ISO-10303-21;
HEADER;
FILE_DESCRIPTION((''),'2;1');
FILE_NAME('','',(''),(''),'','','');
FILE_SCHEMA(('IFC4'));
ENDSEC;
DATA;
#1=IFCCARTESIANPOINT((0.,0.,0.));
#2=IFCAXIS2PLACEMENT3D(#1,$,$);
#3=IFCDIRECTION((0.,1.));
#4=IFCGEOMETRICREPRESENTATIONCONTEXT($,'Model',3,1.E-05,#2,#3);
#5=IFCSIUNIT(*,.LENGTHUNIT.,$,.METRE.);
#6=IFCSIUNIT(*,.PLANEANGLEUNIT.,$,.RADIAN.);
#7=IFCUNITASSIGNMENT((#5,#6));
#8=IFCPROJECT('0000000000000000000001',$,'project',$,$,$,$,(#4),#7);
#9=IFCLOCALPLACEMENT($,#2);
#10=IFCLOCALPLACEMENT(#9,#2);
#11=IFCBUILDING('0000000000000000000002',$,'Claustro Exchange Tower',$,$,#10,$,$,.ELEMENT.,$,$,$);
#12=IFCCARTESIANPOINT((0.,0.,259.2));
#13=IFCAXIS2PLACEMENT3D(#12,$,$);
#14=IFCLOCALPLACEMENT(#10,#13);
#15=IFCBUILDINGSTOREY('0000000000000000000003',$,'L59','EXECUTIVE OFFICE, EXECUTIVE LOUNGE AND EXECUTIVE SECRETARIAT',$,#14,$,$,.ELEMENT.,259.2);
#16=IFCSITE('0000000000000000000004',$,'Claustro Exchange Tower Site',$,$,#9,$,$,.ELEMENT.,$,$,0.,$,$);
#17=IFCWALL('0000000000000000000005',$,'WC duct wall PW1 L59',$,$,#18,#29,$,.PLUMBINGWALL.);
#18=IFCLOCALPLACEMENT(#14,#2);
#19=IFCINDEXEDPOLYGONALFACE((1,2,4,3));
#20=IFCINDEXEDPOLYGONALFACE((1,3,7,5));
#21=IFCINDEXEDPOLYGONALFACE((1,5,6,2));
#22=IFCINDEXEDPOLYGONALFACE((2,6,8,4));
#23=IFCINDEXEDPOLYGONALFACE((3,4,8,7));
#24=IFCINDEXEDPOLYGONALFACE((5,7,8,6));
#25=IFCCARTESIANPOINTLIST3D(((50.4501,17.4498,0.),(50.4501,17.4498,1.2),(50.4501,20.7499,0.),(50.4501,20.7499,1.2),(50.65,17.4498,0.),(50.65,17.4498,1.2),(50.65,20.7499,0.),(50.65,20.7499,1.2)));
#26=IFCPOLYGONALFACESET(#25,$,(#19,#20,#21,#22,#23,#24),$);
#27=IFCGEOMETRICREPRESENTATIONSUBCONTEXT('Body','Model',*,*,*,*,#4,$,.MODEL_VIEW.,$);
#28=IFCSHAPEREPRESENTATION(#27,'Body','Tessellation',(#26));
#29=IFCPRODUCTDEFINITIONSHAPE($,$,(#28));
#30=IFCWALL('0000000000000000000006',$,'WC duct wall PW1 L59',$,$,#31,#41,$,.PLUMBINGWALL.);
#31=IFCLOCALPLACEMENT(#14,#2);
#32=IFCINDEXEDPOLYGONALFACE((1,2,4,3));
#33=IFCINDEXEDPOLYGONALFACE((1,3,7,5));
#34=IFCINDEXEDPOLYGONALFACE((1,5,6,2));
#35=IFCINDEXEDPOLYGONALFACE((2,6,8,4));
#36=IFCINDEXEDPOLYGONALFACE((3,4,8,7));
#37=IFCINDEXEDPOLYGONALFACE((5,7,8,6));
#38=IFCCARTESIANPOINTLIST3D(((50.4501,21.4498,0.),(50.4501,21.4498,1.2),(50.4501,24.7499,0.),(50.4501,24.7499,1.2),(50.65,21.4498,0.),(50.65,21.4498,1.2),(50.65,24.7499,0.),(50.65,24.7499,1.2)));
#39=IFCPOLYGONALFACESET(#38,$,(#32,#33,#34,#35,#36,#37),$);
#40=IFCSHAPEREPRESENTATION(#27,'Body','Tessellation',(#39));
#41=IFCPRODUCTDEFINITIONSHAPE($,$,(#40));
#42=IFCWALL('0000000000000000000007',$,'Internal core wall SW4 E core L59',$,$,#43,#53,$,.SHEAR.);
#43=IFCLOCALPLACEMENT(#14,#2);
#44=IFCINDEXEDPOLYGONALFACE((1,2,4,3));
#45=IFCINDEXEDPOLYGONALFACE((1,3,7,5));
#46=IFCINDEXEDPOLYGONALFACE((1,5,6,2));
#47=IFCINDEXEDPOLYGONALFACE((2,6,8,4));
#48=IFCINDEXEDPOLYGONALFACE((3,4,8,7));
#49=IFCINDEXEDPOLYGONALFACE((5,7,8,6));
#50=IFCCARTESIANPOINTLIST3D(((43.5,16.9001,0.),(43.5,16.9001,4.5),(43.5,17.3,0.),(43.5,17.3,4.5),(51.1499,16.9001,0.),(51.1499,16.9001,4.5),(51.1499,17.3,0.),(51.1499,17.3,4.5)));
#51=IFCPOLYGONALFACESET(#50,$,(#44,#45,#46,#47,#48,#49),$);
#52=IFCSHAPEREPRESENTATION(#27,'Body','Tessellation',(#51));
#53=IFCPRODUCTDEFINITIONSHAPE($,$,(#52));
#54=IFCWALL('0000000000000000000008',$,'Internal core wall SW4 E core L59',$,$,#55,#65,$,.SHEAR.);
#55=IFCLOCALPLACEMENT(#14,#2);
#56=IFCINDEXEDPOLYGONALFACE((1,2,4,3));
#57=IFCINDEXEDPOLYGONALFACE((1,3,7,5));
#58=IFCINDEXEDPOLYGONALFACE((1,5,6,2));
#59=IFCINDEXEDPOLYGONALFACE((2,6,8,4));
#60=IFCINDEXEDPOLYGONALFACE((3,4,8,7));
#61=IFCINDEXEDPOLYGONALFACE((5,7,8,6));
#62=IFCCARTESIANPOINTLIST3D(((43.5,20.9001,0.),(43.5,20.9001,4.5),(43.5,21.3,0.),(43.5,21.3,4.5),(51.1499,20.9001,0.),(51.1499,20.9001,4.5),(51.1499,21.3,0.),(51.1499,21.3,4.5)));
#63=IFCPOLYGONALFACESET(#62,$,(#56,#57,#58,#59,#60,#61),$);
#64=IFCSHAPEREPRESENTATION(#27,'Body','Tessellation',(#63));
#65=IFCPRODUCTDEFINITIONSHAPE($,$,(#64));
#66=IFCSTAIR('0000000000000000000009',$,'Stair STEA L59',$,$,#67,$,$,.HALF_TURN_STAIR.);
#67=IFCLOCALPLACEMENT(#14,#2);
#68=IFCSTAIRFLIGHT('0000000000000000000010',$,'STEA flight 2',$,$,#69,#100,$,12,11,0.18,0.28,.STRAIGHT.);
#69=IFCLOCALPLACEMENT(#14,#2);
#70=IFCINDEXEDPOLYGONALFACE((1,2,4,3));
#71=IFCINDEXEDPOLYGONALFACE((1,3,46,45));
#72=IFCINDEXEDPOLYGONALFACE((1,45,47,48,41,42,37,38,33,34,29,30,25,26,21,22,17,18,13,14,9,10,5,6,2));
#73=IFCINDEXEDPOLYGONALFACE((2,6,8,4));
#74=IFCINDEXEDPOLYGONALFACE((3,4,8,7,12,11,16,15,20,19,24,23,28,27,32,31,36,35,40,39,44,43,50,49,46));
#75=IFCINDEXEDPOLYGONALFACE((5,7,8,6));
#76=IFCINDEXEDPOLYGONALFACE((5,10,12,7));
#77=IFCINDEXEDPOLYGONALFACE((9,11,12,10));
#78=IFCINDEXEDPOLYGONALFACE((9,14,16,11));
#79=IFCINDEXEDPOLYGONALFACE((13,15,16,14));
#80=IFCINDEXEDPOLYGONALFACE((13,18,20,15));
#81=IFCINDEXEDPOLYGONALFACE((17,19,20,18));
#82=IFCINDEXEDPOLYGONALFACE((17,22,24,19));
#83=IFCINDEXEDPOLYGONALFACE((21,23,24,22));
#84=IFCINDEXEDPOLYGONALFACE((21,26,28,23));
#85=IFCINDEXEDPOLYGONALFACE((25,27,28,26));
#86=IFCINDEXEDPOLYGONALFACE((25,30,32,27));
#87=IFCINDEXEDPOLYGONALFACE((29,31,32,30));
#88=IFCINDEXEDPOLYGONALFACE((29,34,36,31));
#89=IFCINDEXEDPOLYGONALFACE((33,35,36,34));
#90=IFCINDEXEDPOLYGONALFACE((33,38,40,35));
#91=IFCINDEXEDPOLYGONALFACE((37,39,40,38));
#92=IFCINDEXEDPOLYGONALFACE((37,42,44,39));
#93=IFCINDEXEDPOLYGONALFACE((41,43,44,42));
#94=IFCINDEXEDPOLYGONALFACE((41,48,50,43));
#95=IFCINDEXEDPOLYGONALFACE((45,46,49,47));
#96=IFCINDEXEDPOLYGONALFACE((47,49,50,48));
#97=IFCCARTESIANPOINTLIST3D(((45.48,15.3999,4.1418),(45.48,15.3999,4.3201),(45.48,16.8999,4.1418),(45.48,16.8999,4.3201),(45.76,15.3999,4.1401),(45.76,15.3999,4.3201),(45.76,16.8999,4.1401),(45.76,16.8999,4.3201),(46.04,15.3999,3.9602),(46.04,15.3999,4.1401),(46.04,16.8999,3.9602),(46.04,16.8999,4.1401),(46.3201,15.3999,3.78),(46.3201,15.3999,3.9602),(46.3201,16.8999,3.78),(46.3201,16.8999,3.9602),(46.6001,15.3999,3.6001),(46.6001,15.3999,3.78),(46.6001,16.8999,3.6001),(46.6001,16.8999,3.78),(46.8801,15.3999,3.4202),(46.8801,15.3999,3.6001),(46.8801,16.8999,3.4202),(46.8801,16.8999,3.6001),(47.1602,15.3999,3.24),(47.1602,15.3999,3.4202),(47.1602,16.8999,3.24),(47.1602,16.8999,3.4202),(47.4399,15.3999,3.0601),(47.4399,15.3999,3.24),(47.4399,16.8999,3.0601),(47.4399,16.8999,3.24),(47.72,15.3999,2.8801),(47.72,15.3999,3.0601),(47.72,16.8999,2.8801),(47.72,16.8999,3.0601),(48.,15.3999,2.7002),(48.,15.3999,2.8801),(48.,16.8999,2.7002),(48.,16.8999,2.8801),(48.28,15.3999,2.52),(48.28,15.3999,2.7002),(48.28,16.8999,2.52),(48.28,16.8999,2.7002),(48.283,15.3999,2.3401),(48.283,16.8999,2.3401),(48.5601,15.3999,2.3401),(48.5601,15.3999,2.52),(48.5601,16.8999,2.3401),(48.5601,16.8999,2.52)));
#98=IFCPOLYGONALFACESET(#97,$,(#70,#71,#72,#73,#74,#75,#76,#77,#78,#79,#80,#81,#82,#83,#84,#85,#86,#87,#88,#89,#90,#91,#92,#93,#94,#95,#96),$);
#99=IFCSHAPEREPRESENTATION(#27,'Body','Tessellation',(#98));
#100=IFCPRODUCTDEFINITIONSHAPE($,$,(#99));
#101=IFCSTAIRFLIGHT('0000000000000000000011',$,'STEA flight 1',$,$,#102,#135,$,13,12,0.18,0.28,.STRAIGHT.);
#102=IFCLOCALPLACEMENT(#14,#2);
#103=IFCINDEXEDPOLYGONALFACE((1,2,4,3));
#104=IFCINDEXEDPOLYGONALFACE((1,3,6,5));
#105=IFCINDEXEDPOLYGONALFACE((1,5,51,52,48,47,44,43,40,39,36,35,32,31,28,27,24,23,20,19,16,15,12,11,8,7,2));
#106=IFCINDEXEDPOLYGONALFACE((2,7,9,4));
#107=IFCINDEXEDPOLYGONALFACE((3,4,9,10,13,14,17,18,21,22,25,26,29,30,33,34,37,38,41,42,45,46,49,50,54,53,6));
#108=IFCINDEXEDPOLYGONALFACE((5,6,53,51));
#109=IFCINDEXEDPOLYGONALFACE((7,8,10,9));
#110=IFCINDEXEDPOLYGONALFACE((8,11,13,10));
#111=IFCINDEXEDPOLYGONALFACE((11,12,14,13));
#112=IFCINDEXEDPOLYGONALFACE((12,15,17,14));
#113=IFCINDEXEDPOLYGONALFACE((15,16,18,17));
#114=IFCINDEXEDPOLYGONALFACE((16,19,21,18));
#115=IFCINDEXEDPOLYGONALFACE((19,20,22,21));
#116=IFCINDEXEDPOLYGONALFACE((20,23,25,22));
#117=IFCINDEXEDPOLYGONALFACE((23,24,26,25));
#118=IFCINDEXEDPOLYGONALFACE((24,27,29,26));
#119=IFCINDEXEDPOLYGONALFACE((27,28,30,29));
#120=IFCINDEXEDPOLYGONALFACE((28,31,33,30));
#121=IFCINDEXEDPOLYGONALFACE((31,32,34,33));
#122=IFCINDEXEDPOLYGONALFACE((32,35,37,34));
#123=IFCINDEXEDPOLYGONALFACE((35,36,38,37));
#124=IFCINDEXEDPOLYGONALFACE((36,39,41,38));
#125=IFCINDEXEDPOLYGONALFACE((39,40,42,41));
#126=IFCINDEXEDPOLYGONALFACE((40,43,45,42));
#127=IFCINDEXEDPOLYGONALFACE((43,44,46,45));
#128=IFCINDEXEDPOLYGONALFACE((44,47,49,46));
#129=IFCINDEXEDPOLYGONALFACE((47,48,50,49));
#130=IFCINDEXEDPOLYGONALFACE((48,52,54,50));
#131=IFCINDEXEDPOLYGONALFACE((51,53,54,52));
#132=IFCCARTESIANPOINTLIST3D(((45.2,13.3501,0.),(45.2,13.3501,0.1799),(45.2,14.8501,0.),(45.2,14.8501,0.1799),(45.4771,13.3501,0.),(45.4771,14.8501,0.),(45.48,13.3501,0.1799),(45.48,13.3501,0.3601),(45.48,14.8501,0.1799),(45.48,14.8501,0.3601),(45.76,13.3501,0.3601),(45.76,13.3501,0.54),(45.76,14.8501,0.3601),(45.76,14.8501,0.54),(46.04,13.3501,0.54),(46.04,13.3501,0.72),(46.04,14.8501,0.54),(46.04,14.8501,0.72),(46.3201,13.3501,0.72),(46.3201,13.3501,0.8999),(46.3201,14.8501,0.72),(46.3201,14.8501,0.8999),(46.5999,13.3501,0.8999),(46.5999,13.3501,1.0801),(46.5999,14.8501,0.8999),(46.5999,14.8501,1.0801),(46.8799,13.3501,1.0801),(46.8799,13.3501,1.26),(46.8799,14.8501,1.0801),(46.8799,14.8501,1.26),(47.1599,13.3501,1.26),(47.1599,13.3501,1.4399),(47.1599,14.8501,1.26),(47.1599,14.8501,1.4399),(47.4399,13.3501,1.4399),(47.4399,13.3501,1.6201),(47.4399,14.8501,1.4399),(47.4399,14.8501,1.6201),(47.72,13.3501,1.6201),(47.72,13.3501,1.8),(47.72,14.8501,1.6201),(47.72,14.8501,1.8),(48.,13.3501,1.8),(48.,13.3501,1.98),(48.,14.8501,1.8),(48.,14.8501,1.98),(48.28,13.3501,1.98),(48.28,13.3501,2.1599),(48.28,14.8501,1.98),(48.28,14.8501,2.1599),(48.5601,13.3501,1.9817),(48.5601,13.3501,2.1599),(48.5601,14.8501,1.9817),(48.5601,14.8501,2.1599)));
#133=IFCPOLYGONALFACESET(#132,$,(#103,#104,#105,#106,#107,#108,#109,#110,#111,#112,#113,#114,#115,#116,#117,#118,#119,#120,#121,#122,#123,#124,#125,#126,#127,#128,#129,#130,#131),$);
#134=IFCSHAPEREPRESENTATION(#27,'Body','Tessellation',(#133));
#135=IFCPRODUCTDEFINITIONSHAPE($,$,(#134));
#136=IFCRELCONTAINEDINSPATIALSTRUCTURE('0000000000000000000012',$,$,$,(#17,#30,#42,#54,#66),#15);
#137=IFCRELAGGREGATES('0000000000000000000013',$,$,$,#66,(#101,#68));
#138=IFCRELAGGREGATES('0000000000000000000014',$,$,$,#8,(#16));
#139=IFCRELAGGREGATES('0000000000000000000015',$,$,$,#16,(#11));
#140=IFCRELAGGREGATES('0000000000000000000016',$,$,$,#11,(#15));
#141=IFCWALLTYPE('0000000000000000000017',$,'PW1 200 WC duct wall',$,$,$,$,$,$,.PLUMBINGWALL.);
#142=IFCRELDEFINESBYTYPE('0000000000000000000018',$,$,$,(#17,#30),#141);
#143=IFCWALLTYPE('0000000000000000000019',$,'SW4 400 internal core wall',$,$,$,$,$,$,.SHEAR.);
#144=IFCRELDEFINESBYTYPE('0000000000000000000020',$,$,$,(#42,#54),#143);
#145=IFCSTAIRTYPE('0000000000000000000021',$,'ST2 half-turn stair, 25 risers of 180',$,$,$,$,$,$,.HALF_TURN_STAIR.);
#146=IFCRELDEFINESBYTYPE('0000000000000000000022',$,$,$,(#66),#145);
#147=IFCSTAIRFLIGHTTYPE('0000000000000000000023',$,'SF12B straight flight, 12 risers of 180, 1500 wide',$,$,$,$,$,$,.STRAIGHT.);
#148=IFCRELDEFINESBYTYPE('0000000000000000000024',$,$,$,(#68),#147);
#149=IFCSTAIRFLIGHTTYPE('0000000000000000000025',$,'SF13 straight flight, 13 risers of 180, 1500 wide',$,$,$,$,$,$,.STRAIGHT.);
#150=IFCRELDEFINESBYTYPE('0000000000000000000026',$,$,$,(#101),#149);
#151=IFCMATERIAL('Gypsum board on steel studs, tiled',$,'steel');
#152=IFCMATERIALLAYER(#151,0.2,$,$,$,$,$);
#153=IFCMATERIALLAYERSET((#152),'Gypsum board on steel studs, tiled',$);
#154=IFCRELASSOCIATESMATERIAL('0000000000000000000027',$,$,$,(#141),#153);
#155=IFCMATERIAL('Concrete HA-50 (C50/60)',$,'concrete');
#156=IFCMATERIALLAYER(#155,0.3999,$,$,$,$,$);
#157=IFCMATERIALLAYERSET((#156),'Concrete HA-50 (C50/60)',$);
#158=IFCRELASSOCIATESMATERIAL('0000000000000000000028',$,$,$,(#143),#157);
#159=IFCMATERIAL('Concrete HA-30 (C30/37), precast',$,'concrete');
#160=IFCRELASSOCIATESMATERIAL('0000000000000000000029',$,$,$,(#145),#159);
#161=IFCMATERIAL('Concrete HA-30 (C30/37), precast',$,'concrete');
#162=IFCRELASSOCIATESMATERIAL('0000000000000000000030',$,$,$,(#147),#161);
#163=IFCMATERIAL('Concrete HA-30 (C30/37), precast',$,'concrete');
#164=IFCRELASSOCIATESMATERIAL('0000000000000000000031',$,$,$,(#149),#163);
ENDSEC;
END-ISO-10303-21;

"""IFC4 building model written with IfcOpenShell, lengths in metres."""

from ifc_helpers import new_model, si_unit, direction, frame, frame_2d, origin, place, context, subcontext, project, spatial, polyline, rectangle, outline, extrude, material, layer, layer_set, type_object, element, aggregate, save


model = new_model("IFC4")

# Units and contexts
model_context = context("Model", 3, precision=1e-05, world=origin(), true_north=direction((0.0, 1.0)))
body_context = subcontext(model_context, "Body", "Model", "MODEL_VIEW")
ifc_project = project(units=[si_unit("LENGTHUNIT", "METRE"), si_unit("PLANEANGLEUNIT", "RADIAN")], contexts=[model_context])

# Site, building, storey
site_placement = place(None, origin())
site = spatial("IfcSite", under=ifc_project, at=site_placement, Name="Claustro Exchange Tower Site", CompositionType="ELEMENT", RefElevation=0.0)
building_placement = place(site_placement, origin())
building = spatial("IfcBuilding", under=site, at=building_placement, Name="Claustro Exchange Tower", CompositionType="ELEMENT")
storey_placement = place(building_placement, frame((0.0, 0.0, 259.2)))
storey = spatial("IfcBuildingStorey", under=building, at=storey_placement, Name="L59", Description="EXECUTIVE OFFICE, EXECUTIVE LOUNGE AND EXECUTIVE SECRETARIAT", CompositionType="ELEMENT", Elevation=259.2)

# Walls
ifc_material_1 = material(Name="Gypsum board on steel studs, tiled", Category="steel")
ifc_layer_1 = layer(ifc_material_1, 0.2)
ifc_layer_set_1 = layer_set([ifc_layer_1], Name="Gypsum board on steel studs, tiled")
wall_type_1 = type_object("IfcWallType", Name="PW1 200 WC duct wall", PredefinedType="PLUMBINGWALL", material=ifc_layer_set_1)
for number, where, z_axis, x_axis, name in (
    (1, (50.55, 17.45, 0.0), (0.0, 0.0, 1.0), (0.0, 1.0, 0.0), "WC duct wall PW1 L59"),
    (2, (50.55, 21.45, 0.0), (0.0, 0.0, 1.0), (0.0, 1.0, 0.0), "WC duct wall PW1 L59"),
):
    element("IfcWall", number, at=place(storey_placement, frame(where, z_axis=z_axis, x_axis=x_axis)), inside=storey, type_object=wall_type_1, Name=name, PredefinedType="PLUMBINGWALL", context=body_context, shape_type="SweptSolid", body=[
        extrude(rectangle(XDim=3.3, YDim=0.2, at=frame_2d((1.6499, 0.0))), origin(), (0.0, 0.0, 1.0), 1.2),
    ])
ifc_material_2 = material(Name="Concrete HA-50 (C50/60)", Category="concrete")
ifc_layer_2 = layer(ifc_material_2, 0.3999)
ifc_layer_set_2 = layer_set([ifc_layer_2], Name="Concrete HA-50 (C50/60)")
wall_type_2 = type_object("IfcWallType", Name="SW4 400 internal core wall", PredefinedType="SHEAR", material=ifc_layer_set_2)
for number, where, z_axis, x_axis, name in (
    (3, (51.1499, 17.1001, 0.0), (0.0, 0.0, 1.0), (-1.0, 0.0, 0.0), "Internal core wall SW4 E core L59"),
    (4, (51.1499, 21.1001, 0.0), (0.0, 0.0, 1.0), (-1.0, 0.0, 0.0), "Internal core wall SW4 E core L59"),
):
    element("IfcWall", number, at=place(storey_placement, frame(where, z_axis=z_axis, x_axis=x_axis)), inside=storey, type_object=wall_type_2, Name=name, PredefinedType="SHEAR", context=body_context, shape_type="SweptSolid", body=[
        extrude(rectangle(XDim=7.6499, YDim=0.3999, at=frame_2d((3.825, 0.0))), origin(), (0.0, 0.0, 1.0), 4.5),
    ])

# Stair, stair flights
ifc_material_3 = material(Name="Concrete HA-30 (C30/37), precast", Category="concrete")
stair_type = type_object("IfcStairType", Name="ST2 half-turn stair, 25 risers of 180", PredefinedType="HALF_TURN_STAIR", material=ifc_material_3)
stair_placement = place(storey_placement, origin())
stair = element("IfcStair", 5, at=stair_placement, inside=storey, type_object=stair_type, Name="Stair STEA L59", PredefinedType="HALF_TURN_STAIR")
ifc_material_4 = material(Name="Concrete HA-30 (C30/37), precast", Category="concrete")
stair_flight_type_1 = type_object("IfcStairFlightType", Name="SF12B straight flight, 12 risers of 180, 1500 wide", PredefinedType="STRAIGHT", material=ifc_material_4)
stair_flight_1_placement = place(storey_placement, frame((48.5601, 16.1499, 2.3401), z_axis=(0.0, 0.0, 1.0), x_axis=(-1.0, 0.0, 0.0)))
stair_flight_1 = element("IfcStairFlight", 6, at=stair_flight_1_placement, type_object=stair_flight_type_1, Name="STEA flight 2", NumberOfRisers=12, NumberOfTreads=11, PredefinedType="STRAIGHT", RiserHeight=0.18, TreadLength=0.28, context=body_context, shape_type="SweptSolid", body=[
    extrude(outline(polyline([(0.0, 0.0), (0.0, 0.1799), (0.28, 0.1799), (0.28, 0.3601), (0.5601, 0.3601), (0.5601, 0.54), (0.8401, 0.54), (0.8401, 0.72), (1.1201, 0.72), (1.1201, 0.8999), (1.3999, 0.8999), (1.3999, 1.0801), (1.6799, 1.0801), (1.6799, 1.26), (1.96, 1.26), (1.96, 1.4399), (2.24, 1.4399), (2.24, 1.6201), (2.52, 1.6201), (2.52, 1.8), (2.8, 1.8), (2.8, 1.98), (3.0801, 1.98), (3.0801, 2.1599), (3.0801, 1.8018), (0.2771, 0.0), (0.0, 0.0)])), frame((0.0, 0.75, 0.0), z_axis=(0.0, -1.0, 0.0), x_axis=(1.0, 0.0, 0.0)), (0.0, 0.0, 1.0), 1.5),
])
ifc_material_5 = material(Name="Concrete HA-30 (C30/37), precast", Category="concrete")
stair_flight_type_2 = type_object("IfcStairFlightType", Name="SF13 straight flight, 13 risers of 180, 1500 wide", PredefinedType="STRAIGHT", material=ifc_material_5)
stair_flight_2_placement = place(storey_placement, frame((45.2, 14.1001, 0.0), z_axis=(0.0, 0.0, 1.0), x_axis=(1.0, 0.0, 0.0)))
stair_flight_2 = element("IfcStairFlight", 7, at=stair_flight_2_placement, type_object=stair_flight_type_2, Name="STEA flight 1", NumberOfRisers=13, NumberOfTreads=12, PredefinedType="STRAIGHT", RiserHeight=0.18, TreadLength=0.28, context=body_context, shape_type="SweptSolid", body=[
    extrude(outline(polyline([(0.0, 0.0), (0.0, 0.1799), (0.28, 0.1799), (0.28, 0.3601), (0.5601, 0.3601), (0.5601, 0.54), (0.8401, 0.54), (0.8401, 0.72), (1.1201, 0.72), (1.1201, 0.8999), (1.3999, 0.8999), (1.3999, 1.0801), (1.6799, 1.0801), (1.6799, 1.26), (1.96, 1.26), (1.96, 1.4399), (2.24, 1.4399), (2.24, 1.6201), (2.52, 1.6201), (2.52, 1.8), (2.8, 1.8), (2.8, 1.98), (3.0801, 1.98), (3.0801, 2.1599), (3.3601, 2.1599), (3.3601, 2.3401), (3.3601, 1.9817), (0.2771, 0.0), (0.0, 0.0)])), frame((0.0, 0.75, 0.0), z_axis=(0.0, -1.0, 0.0), x_axis=(1.0, 0.0, 0.0)), (0.0, 0.0, 1.0), 1.5),
])
aggregate(stair, [stair_flight_2, stair_flight_1])

save(model, "model.ifc")
